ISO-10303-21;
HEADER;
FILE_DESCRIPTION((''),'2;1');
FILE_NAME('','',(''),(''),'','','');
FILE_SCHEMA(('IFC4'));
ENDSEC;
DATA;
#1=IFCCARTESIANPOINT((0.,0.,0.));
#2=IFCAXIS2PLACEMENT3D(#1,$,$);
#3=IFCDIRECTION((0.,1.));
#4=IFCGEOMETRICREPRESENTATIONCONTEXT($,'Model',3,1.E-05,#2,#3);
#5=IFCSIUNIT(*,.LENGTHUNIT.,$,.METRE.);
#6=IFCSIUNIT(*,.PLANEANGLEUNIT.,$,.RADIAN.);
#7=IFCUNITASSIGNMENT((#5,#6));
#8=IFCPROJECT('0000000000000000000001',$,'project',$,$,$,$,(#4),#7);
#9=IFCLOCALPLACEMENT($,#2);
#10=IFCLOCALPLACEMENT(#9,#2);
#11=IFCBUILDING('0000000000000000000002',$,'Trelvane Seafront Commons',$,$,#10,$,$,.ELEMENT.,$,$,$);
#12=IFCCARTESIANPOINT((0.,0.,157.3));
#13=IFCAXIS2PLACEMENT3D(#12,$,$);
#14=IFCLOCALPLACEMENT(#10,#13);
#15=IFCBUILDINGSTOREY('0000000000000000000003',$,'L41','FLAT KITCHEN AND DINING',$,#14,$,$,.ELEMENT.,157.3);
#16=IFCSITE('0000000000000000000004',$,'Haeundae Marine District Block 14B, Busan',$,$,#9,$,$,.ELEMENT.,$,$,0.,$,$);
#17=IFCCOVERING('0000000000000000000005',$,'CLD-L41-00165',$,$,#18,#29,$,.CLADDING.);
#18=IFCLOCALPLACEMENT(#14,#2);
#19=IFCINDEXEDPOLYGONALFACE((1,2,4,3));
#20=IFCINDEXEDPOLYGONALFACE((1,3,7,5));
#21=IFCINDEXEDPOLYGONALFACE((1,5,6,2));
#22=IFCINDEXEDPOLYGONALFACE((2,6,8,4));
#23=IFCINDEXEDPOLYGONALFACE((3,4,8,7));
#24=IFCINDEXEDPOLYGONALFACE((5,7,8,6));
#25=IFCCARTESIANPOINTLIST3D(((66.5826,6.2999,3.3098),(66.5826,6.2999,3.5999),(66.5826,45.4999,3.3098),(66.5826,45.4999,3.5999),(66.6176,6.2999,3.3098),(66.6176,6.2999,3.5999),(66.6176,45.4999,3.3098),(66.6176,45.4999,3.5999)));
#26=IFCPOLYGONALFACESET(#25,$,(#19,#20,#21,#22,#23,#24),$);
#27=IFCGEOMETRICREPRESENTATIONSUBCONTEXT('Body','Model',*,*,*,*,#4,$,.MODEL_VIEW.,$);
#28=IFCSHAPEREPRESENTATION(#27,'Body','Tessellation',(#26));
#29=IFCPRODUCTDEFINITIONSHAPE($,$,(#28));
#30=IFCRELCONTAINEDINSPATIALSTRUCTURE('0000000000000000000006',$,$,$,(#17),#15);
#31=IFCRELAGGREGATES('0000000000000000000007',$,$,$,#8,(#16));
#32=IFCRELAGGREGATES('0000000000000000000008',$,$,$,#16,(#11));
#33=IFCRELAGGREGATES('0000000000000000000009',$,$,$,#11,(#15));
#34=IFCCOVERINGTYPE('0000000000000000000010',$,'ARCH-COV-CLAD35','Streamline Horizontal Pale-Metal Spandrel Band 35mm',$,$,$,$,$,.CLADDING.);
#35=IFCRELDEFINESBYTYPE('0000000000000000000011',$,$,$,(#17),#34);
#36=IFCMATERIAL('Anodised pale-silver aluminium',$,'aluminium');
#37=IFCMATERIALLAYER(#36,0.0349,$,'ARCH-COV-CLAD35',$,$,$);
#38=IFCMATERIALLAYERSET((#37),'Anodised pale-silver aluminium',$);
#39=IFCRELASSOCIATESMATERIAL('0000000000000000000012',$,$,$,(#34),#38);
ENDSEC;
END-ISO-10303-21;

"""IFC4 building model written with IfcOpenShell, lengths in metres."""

from ifc_helpers import new_model, si_unit, direction, frame, origin, origin_2d, place, context, subcontext, project, spatial, rectangle, extrude, source, transform, mapped, material, layer, layer_set, type_object, element, save


model = new_model("IFC4")

# Units and contexts
model_context = context("Model", 3, precision=1e-05, world=origin(), true_north=direction((0.0, 1.0)))
body_context = subcontext(model_context, "Body", "Model", "MODEL_VIEW")
ifc_project = project(units=[si_unit("LENGTHUNIT", "METRE"), si_unit("PLANEANGLEUNIT", "RADIAN")], contexts=[model_context])

# Site, building, storey
site_placement = place(None, origin())
site = spatial("IfcSite", under=ifc_project, at=site_placement, Name="Haeundae Marine District Block 14B, Busan", CompositionType="ELEMENT", RefElevation=0.0)
building_placement = place(site_placement, origin())
building = spatial("IfcBuilding", under=site, at=building_placement, Name="Trelvane Seafront Commons", CompositionType="ELEMENT")
storey_placement = place(building_placement, frame((0.0, 0.0, 157.3)))
storey = spatial("IfcBuildingStorey", under=building, at=storey_placement, Name="L41", Description="FLAT KITCHEN AND DINING", CompositionType="ELEMENT", Elevation=157.3)

# Covering
ifc_material_1 = material(Name="Anodised pale-silver aluminium", Category="aluminium")
ifc_layer_1 = layer(ifc_material_1, 0.0349, Name="ARCH-COV-CLAD35")
ifc_layer_set_1 = layer_set([ifc_layer_1], Name="Anodised pale-silver aluminium")
covering_type = type_object("IfcCoveringType", Name="ARCH-COV-CLAD35", Description="Streamline Horizontal Pale-Metal Spandrel Band 35mm", PredefinedType="CLADDING", material=ifc_layer_set_1)
shared_shape_1 = source(origin(), body_context, "Body", "SweptSolid", [
    extrude(rectangle(XDim=39.2, YDim=0.0349, at=origin_2d()), origin(), (0.0, 0.0, 1.0), 0.29),
])
covering_placement = place(storey_placement, frame((66.6001, 25.8999, 3.3098), z_axis=(0.0, 0.0, 1.0), x_axis=(0.0, -1.0, 0.0)))
element("IfcCovering", 1, at=covering_placement, inside=storey, type_object=covering_type, Name="CLD-L41-00165", PredefinedType="CLADDING", context=body_context, shape_type="MappedRepresentation", body=[
    mapped(shared_shape_1, transform((0.0, 0.0, 0.0), x_axis=(1.0, 0.0, 0.0), y_axis=(0.0, 1.0, 0.0), z_axis=(0.0, 0.0, 1.0), scale=1.0)),
])

save(model, "model.ifc")
